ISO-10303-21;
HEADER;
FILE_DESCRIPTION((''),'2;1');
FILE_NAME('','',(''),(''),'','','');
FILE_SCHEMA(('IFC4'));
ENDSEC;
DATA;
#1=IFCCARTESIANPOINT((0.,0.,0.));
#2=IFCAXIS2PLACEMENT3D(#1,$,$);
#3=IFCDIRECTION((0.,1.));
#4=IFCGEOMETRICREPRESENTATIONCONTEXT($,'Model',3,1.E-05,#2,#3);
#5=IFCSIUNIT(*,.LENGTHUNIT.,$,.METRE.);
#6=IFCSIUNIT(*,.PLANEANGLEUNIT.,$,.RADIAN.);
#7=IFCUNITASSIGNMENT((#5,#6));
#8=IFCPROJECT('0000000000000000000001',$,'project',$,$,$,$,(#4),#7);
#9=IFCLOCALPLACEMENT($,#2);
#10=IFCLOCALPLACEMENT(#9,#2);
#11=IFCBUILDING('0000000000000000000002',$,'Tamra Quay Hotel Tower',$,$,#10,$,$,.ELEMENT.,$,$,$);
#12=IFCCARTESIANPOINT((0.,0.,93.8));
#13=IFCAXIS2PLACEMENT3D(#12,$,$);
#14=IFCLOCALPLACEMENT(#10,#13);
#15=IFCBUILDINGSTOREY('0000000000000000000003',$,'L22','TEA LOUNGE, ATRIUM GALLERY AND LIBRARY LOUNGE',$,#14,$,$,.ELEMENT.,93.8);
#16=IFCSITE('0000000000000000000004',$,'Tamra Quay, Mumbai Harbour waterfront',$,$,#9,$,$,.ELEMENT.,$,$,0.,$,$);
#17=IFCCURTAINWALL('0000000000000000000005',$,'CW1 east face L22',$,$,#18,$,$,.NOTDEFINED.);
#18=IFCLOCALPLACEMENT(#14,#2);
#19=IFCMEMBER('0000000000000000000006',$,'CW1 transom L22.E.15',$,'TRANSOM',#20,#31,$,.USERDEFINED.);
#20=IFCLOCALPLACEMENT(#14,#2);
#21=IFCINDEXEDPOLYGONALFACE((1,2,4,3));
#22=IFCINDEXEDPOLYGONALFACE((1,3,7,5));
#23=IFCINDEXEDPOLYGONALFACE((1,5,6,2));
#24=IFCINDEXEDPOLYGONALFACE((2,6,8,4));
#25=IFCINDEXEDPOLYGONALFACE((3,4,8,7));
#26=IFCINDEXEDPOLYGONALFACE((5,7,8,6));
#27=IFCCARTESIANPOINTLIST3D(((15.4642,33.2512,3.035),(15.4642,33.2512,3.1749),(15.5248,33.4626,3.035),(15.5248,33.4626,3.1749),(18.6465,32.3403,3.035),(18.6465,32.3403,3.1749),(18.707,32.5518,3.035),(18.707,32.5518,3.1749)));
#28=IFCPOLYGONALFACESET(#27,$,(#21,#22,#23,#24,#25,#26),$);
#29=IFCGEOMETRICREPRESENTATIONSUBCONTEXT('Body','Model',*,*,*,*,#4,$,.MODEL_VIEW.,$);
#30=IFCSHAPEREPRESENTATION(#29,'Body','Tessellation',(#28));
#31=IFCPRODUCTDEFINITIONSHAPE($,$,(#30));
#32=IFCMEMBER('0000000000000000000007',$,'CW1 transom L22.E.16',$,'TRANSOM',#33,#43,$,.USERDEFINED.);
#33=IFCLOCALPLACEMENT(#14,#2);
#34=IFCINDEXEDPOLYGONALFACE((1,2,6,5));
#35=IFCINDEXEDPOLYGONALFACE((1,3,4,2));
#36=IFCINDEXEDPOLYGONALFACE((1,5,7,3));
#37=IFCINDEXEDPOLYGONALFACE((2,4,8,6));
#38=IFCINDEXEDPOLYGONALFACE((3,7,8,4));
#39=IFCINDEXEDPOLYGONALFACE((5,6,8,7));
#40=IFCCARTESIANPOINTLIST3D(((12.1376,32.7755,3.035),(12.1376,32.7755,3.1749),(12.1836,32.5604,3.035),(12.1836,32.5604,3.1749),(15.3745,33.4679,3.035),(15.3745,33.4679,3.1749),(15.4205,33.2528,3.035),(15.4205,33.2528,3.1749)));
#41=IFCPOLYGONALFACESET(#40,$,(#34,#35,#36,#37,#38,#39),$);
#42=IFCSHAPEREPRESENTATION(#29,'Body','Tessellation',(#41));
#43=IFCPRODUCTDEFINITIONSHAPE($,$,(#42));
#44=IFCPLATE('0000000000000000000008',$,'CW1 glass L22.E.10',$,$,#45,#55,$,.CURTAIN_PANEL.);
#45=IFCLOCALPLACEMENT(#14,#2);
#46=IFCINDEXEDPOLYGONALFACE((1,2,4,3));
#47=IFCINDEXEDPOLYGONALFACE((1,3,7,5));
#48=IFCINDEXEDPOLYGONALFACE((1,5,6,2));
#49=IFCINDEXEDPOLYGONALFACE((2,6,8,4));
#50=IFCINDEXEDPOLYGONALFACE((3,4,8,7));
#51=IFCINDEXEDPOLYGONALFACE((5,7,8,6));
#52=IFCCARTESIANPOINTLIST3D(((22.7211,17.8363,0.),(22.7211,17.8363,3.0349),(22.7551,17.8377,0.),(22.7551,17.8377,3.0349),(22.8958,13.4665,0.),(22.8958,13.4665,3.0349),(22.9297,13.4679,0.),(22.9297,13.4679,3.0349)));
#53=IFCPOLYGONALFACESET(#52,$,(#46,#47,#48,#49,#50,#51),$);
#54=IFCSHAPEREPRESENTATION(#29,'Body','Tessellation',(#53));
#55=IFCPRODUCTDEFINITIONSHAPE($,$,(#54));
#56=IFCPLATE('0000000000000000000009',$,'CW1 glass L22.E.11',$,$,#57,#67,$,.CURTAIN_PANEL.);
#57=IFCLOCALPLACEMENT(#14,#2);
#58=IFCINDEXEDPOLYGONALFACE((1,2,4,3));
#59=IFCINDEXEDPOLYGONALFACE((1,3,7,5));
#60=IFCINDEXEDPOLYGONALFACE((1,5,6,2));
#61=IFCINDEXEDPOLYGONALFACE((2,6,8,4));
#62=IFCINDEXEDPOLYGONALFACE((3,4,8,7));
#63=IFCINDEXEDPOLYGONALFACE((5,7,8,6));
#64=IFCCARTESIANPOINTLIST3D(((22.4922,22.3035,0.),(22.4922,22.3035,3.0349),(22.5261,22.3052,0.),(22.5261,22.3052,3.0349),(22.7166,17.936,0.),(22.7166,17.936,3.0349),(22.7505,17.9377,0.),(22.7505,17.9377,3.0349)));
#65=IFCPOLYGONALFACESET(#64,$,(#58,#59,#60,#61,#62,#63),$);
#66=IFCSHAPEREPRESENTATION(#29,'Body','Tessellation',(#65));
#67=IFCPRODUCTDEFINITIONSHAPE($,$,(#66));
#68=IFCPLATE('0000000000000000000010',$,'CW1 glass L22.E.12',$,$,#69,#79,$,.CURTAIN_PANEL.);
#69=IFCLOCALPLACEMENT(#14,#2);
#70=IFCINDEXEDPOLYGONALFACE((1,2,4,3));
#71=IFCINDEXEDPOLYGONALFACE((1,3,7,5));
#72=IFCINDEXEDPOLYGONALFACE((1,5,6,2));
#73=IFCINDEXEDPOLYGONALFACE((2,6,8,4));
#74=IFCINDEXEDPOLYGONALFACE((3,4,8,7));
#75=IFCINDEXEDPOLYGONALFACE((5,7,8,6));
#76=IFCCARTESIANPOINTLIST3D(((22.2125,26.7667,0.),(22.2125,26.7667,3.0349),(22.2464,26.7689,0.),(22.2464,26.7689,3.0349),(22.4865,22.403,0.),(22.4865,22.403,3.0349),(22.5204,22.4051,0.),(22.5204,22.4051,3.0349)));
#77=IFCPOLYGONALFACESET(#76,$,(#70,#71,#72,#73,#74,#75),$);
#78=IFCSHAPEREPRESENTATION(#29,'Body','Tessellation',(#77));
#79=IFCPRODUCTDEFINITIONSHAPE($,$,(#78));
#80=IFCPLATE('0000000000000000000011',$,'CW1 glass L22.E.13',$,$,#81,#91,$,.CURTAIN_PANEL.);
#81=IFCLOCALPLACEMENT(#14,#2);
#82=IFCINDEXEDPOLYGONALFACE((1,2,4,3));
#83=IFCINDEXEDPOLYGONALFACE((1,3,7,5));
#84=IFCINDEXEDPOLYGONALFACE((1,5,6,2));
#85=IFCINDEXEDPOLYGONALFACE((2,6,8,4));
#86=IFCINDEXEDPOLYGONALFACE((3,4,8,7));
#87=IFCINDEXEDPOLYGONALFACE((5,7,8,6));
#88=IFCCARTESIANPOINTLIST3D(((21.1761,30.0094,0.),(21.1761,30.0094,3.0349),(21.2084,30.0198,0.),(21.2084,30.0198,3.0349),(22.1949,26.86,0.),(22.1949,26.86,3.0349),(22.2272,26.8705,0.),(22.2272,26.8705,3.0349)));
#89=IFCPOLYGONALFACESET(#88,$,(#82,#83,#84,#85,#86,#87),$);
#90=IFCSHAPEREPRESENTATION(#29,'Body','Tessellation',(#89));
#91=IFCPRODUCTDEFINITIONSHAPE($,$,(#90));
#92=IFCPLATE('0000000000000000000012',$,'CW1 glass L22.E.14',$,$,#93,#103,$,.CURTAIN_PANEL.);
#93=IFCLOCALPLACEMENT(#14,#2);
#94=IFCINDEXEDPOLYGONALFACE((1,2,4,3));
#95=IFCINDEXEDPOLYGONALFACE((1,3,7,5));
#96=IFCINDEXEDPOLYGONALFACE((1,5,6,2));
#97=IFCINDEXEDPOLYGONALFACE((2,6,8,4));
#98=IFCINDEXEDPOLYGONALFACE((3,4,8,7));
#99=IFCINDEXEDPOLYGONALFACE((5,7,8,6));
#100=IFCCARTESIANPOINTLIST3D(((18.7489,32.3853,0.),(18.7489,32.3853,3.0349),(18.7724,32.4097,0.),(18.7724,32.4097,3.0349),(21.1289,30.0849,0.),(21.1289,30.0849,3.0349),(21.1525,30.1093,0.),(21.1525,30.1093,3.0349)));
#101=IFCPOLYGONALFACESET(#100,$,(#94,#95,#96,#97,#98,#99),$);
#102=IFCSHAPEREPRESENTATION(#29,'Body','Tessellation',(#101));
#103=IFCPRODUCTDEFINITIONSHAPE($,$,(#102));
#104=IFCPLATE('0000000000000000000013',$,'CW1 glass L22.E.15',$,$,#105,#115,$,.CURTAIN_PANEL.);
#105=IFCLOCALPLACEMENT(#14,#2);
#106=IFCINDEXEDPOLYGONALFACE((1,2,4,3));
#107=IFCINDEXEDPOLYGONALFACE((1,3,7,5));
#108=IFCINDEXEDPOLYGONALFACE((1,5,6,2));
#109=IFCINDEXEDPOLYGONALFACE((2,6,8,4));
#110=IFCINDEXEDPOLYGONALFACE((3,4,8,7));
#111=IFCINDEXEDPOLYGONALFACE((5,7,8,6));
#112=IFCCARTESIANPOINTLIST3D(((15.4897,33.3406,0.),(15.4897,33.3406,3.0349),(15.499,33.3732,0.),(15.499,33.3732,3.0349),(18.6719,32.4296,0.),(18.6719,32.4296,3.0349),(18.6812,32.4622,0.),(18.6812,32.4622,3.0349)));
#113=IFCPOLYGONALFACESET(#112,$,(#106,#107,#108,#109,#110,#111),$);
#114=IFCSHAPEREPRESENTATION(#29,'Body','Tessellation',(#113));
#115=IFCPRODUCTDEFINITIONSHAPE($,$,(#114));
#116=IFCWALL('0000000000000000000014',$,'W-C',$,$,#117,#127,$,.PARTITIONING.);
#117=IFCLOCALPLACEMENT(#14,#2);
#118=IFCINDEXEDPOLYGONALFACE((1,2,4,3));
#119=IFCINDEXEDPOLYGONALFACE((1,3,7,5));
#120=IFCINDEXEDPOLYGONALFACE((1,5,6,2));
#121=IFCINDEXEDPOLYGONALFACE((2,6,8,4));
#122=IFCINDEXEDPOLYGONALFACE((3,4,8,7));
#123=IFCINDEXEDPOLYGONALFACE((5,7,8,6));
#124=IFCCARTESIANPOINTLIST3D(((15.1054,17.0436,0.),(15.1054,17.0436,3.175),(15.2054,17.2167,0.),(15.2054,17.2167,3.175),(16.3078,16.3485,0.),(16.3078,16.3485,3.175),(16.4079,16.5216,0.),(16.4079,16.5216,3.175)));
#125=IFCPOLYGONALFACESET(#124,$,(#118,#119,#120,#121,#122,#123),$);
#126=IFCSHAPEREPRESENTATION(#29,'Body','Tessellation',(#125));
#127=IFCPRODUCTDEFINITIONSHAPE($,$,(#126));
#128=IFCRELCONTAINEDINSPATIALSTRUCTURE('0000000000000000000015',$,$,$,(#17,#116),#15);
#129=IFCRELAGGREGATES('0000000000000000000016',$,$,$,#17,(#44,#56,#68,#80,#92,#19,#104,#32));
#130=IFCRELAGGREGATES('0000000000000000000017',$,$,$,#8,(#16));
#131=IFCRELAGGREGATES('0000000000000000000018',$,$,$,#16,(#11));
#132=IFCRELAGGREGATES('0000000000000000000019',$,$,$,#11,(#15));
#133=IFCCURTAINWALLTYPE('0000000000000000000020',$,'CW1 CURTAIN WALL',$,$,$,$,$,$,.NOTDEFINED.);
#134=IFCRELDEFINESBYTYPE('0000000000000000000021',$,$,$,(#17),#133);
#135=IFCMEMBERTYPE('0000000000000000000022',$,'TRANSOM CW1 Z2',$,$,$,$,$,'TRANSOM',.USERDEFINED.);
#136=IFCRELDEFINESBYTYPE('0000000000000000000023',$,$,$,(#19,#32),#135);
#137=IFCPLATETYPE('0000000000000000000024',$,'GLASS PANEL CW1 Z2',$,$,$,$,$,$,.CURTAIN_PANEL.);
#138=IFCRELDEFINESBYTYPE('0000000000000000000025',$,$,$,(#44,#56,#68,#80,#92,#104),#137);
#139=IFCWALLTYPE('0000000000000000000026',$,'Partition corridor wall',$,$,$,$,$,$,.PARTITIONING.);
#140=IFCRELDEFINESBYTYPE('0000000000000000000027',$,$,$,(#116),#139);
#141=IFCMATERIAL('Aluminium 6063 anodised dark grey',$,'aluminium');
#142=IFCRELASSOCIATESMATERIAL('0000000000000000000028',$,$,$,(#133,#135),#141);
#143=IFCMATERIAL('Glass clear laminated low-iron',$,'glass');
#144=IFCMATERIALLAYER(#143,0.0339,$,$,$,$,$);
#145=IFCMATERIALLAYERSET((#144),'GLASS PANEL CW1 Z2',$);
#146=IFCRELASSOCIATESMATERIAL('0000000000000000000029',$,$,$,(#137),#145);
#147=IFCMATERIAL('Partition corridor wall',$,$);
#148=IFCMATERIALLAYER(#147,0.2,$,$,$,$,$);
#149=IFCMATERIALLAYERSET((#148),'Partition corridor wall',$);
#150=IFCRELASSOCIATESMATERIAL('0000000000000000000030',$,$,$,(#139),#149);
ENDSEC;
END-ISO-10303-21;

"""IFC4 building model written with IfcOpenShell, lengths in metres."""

from ifc_helpers import new_model, si_unit, direction, frame, frame_2d, origin, origin_2d, place, context, subcontext, project, spatial, rectangle, extrude, material, layer, layer_set, material_profile, profile_set, type_object, element, aggregate, save


model = new_model("IFC4")

# Units and contexts
model_context = context("Model", 3, precision=1e-05, world=origin(), true_north=direction((0.0, 1.0)))
body_context = subcontext(model_context, "Body", "Model", "MODEL_VIEW")
ifc_project = project(units=[si_unit("LENGTHUNIT", "METRE"), si_unit("PLANEANGLEUNIT", "RADIAN")], contexts=[model_context])

# Site, building, storey
site_placement = place(None, origin())
site = spatial("IfcSite", under=ifc_project, at=site_placement, Name="Tamra Quay, Mumbai Harbour waterfront", CompositionType="ELEMENT", RefElevation=0.0)
building_placement = place(site_placement, origin())
building = spatial("IfcBuilding", under=site, at=building_placement, Name="Tamra Quay Hotel Tower", CompositionType="ELEMENT")
storey_placement = place(building_placement, frame((0.0, 0.0, 93.8)))
storey = spatial("IfcBuildingStorey", under=building, at=storey_placement, Name="L22", Description="TEA LOUNGE, ATRIUM GALLERY AND LIBRARY LOUNGE", CompositionType="ELEMENT", Elevation=93.8)

# Curtain wall
ifc_material_1 = material(Name="Aluminium 6063 anodised dark grey", Category="aluminium")
curtain_wall_type = type_object("IfcCurtainWallType", Name="CW1 CURTAIN WALL", PredefinedType="NOTDEFINED", material=ifc_material_1)
curtain_wall_placement = place(storey_placement, origin())
curtain_wall = element("IfcCurtainWall", 1, at=curtain_wall_placement, inside=storey, type_object=curtain_wall_type, Name="CW1 east face L22", PredefinedType="NOTDEFINED")

# Members
ifc_material_profile_1 = material_profile(ifc_material_1, rectangle(XDim=0.22, YDim=0.1399, at=origin_2d()), Name="TRANSOM 220X140")
ifc_profile_set_1 = profile_set([ifc_material_profile_1], Name="Aluminium 6063 anodised dark grey")
member_type_1 = type_object("IfcMemberType", Name="TRANSOM CW1 Z2", ElementType="TRANSOM", PredefinedType="USERDEFINED", material=ifc_profile_set_1)
member_1_placement = place(storey_placement, frame((18.6768, 32.446, 3.105), z_axis=(-0.961393, 0.275179, 0.0), x_axis=(-0.275179, -0.961393, 0.0)))
member_1 = element("IfcMember", 2, at=member_1_placement, type_object=member_type_1, Name="CW1 transom L22.E.15", ObjectType="TRANSOM", PredefinedType="USERDEFINED", context=body_context, shape_type="SweptSolid", body=[
    extrude(rectangle(XDim=0.22, YDim=0.1399, at=origin_2d()), origin(), (0.0, 0.0, 1.0), 3.3101),
])
member_2_placement = place(storey_placement, frame((15.3975, 33.3604, 3.105), z_axis=(-0.977878, -0.209176, 0.0), x_axis=(0.209176, -0.977878, 0.0)))
member_2 = element("IfcMember", 3, at=member_2_placement, type_object=member_type_1, Name="CW1 transom L22.E.16", ObjectType="TRANSOM", PredefinedType="USERDEFINED", context=body_context, shape_type="SweptSolid", body=[
    extrude(rectangle(XDim=0.22, YDim=0.1399, at=origin_2d()), origin(), (0.0, 0.0, 1.0), 3.3101),
])

# Plates
ifc_material_2 = material(Name="Glass clear laminated low-iron", Category="glass")
ifc_layer_1 = layer(ifc_material_2, 0.0339)
ifc_layer_set_1 = layer_set([ifc_layer_1], Name="GLASS PANEL CW1 Z2")
plate_type = type_object("IfcPlateType", Name="GLASS PANEL CW1 Z2", PredefinedType="CURTAIN_PANEL", material=ifc_layer_set_1)
plate_1_placement = place(storey_placement, frame((22.8254, 15.6521, 0.0), z_axis=(0.0, 0.0, 1.0), x_axis=(-0.039944, 0.999202, 0.0)))
plate_1 = element("IfcPlate", 4, at=plate_1_placement, type_object=plate_type, Name="CW1 glass L22.E.10", PredefinedType="CURTAIN_PANEL", context=body_context, shape_type="SweptSolid", body=[
    extrude(rectangle(XDim=4.3733, YDim=0.0339, at=origin_2d()), origin(), (0.0, 0.0, 1.0), 3.0349),
])
plate_2_placement = place(storey_placement, frame((22.6213, 20.1206, 0.0), z_axis=(0.0, 0.0, 1.0), x_axis=(-0.051321, 0.998682, 0.0)))
plate_2 = element("IfcPlate", 5, at=plate_2_placement, type_object=plate_type, Name="CW1 glass L22.E.11", PredefinedType="CURTAIN_PANEL", context=body_context, shape_type="SweptSolid", body=[
    extrude(rectangle(XDim=4.3733, YDim=0.0339, at=origin_2d()), origin(), (0.0, 0.0, 1.0), 3.0349),
])
plate_3_placement = place(storey_placement, frame((22.3665, 24.5859, 0.0), z_axis=(0.0, 0.0, 1.0), x_axis=(-0.06267, 0.998034, 0.0)))
plate_3 = element("IfcPlate", 6, at=plate_3_placement, type_object=plate_type, Name="CW1 glass L22.E.12", PredefinedType="CURTAIN_PANEL", context=body_context, shape_type="SweptSolid", body=[
    extrude(rectangle(XDim=4.3723, YDim=0.0339, at=origin_2d()), origin(), (0.0, 0.0, 1.0), 3.0349),
])
plate_4_placement = place(storey_placement, frame((21.7017, 28.4399, 0.0), z_axis=(0.0, 0.0, 1.0), x_axis=(-0.307791, 0.951454, 0.0)))
plate_4 = element("IfcPlate", 7, at=plate_4_placement, type_object=plate_type, Name="CW1 glass L22.E.13", PredefinedType="CURTAIN_PANEL", context=body_context, shape_type="SweptSolid", body=[
    extrude(rectangle(XDim=3.3101, YDim=0.0339, at=origin_2d()), origin(), (0.0, 0.0, 1.0), 3.0349),
])
plate_5_placement = place(storey_placement, frame((19.9507, 31.2473, 0.0), z_axis=(0.0, 0.0, 1.0), x_axis=(-0.719041, 0.694967, 0.0)))
plate_5 = element("IfcPlate", 8, at=plate_5_placement, type_object=plate_type, Name="CW1 glass L22.E.14", PredefinedType="CURTAIN_PANEL", context=body_context, shape_type="SweptSolid", body=[
    extrude(rectangle(XDim=3.3101, YDim=0.0339, at=origin_2d()), origin(), (0.0, 0.0, 1.0), 3.0349),
])
plate_6_placement = place(storey_placement, frame((17.0854, 32.9014, 0.0), z_axis=(0.0, 0.0, 1.0), x_axis=(-0.96138, 0.275224, 0.0)))
plate_6 = element("IfcPlate", 9, at=plate_6_placement, type_object=plate_type, Name="CW1 glass L22.E.15", PredefinedType="CURTAIN_PANEL", context=body_context, shape_type="SweptSolid", body=[
    extrude(rectangle(XDim=3.3101, YDim=0.0339, at=origin_2d()), origin(), (0.0, 0.0, 1.0), 3.0349),
])
aggregate(curtain_wall, [plate_1, plate_2, plate_3, plate_4, plate_5, member_1, plate_6, member_2])

# Wall
ifc_material_3 = material(Name="Partition corridor wall")
ifc_layer_2 = layer(ifc_material_3, 0.2)
ifc_layer_set_2 = layer_set([ifc_layer_2], Name="Partition corridor wall")
wall_type = type_object("IfcWallType", Name="Partition corridor wall", PredefinedType="PARTITIONING", material=ifc_layer_set_2)
wall_placement = place(storey_placement, frame((15.1555, 17.1301, 0.0), z_axis=(0.0, 0.0, 1.0), x_axis=(0.865755, -0.500468, 0.0)))
element("IfcWall", 10, at=wall_placement, inside=storey, type_object=wall_type, Name="W-C", PredefinedType="PARTITIONING", context=body_context, shape_type="SweptSolid", body=[
    extrude(rectangle(XDim=1.3889, YDim=0.2, at=frame_2d((0.6943, 0.0))), origin(), (0.0, 0.0, 1.0), 3.175),
])

save(model, "model.ifc")
